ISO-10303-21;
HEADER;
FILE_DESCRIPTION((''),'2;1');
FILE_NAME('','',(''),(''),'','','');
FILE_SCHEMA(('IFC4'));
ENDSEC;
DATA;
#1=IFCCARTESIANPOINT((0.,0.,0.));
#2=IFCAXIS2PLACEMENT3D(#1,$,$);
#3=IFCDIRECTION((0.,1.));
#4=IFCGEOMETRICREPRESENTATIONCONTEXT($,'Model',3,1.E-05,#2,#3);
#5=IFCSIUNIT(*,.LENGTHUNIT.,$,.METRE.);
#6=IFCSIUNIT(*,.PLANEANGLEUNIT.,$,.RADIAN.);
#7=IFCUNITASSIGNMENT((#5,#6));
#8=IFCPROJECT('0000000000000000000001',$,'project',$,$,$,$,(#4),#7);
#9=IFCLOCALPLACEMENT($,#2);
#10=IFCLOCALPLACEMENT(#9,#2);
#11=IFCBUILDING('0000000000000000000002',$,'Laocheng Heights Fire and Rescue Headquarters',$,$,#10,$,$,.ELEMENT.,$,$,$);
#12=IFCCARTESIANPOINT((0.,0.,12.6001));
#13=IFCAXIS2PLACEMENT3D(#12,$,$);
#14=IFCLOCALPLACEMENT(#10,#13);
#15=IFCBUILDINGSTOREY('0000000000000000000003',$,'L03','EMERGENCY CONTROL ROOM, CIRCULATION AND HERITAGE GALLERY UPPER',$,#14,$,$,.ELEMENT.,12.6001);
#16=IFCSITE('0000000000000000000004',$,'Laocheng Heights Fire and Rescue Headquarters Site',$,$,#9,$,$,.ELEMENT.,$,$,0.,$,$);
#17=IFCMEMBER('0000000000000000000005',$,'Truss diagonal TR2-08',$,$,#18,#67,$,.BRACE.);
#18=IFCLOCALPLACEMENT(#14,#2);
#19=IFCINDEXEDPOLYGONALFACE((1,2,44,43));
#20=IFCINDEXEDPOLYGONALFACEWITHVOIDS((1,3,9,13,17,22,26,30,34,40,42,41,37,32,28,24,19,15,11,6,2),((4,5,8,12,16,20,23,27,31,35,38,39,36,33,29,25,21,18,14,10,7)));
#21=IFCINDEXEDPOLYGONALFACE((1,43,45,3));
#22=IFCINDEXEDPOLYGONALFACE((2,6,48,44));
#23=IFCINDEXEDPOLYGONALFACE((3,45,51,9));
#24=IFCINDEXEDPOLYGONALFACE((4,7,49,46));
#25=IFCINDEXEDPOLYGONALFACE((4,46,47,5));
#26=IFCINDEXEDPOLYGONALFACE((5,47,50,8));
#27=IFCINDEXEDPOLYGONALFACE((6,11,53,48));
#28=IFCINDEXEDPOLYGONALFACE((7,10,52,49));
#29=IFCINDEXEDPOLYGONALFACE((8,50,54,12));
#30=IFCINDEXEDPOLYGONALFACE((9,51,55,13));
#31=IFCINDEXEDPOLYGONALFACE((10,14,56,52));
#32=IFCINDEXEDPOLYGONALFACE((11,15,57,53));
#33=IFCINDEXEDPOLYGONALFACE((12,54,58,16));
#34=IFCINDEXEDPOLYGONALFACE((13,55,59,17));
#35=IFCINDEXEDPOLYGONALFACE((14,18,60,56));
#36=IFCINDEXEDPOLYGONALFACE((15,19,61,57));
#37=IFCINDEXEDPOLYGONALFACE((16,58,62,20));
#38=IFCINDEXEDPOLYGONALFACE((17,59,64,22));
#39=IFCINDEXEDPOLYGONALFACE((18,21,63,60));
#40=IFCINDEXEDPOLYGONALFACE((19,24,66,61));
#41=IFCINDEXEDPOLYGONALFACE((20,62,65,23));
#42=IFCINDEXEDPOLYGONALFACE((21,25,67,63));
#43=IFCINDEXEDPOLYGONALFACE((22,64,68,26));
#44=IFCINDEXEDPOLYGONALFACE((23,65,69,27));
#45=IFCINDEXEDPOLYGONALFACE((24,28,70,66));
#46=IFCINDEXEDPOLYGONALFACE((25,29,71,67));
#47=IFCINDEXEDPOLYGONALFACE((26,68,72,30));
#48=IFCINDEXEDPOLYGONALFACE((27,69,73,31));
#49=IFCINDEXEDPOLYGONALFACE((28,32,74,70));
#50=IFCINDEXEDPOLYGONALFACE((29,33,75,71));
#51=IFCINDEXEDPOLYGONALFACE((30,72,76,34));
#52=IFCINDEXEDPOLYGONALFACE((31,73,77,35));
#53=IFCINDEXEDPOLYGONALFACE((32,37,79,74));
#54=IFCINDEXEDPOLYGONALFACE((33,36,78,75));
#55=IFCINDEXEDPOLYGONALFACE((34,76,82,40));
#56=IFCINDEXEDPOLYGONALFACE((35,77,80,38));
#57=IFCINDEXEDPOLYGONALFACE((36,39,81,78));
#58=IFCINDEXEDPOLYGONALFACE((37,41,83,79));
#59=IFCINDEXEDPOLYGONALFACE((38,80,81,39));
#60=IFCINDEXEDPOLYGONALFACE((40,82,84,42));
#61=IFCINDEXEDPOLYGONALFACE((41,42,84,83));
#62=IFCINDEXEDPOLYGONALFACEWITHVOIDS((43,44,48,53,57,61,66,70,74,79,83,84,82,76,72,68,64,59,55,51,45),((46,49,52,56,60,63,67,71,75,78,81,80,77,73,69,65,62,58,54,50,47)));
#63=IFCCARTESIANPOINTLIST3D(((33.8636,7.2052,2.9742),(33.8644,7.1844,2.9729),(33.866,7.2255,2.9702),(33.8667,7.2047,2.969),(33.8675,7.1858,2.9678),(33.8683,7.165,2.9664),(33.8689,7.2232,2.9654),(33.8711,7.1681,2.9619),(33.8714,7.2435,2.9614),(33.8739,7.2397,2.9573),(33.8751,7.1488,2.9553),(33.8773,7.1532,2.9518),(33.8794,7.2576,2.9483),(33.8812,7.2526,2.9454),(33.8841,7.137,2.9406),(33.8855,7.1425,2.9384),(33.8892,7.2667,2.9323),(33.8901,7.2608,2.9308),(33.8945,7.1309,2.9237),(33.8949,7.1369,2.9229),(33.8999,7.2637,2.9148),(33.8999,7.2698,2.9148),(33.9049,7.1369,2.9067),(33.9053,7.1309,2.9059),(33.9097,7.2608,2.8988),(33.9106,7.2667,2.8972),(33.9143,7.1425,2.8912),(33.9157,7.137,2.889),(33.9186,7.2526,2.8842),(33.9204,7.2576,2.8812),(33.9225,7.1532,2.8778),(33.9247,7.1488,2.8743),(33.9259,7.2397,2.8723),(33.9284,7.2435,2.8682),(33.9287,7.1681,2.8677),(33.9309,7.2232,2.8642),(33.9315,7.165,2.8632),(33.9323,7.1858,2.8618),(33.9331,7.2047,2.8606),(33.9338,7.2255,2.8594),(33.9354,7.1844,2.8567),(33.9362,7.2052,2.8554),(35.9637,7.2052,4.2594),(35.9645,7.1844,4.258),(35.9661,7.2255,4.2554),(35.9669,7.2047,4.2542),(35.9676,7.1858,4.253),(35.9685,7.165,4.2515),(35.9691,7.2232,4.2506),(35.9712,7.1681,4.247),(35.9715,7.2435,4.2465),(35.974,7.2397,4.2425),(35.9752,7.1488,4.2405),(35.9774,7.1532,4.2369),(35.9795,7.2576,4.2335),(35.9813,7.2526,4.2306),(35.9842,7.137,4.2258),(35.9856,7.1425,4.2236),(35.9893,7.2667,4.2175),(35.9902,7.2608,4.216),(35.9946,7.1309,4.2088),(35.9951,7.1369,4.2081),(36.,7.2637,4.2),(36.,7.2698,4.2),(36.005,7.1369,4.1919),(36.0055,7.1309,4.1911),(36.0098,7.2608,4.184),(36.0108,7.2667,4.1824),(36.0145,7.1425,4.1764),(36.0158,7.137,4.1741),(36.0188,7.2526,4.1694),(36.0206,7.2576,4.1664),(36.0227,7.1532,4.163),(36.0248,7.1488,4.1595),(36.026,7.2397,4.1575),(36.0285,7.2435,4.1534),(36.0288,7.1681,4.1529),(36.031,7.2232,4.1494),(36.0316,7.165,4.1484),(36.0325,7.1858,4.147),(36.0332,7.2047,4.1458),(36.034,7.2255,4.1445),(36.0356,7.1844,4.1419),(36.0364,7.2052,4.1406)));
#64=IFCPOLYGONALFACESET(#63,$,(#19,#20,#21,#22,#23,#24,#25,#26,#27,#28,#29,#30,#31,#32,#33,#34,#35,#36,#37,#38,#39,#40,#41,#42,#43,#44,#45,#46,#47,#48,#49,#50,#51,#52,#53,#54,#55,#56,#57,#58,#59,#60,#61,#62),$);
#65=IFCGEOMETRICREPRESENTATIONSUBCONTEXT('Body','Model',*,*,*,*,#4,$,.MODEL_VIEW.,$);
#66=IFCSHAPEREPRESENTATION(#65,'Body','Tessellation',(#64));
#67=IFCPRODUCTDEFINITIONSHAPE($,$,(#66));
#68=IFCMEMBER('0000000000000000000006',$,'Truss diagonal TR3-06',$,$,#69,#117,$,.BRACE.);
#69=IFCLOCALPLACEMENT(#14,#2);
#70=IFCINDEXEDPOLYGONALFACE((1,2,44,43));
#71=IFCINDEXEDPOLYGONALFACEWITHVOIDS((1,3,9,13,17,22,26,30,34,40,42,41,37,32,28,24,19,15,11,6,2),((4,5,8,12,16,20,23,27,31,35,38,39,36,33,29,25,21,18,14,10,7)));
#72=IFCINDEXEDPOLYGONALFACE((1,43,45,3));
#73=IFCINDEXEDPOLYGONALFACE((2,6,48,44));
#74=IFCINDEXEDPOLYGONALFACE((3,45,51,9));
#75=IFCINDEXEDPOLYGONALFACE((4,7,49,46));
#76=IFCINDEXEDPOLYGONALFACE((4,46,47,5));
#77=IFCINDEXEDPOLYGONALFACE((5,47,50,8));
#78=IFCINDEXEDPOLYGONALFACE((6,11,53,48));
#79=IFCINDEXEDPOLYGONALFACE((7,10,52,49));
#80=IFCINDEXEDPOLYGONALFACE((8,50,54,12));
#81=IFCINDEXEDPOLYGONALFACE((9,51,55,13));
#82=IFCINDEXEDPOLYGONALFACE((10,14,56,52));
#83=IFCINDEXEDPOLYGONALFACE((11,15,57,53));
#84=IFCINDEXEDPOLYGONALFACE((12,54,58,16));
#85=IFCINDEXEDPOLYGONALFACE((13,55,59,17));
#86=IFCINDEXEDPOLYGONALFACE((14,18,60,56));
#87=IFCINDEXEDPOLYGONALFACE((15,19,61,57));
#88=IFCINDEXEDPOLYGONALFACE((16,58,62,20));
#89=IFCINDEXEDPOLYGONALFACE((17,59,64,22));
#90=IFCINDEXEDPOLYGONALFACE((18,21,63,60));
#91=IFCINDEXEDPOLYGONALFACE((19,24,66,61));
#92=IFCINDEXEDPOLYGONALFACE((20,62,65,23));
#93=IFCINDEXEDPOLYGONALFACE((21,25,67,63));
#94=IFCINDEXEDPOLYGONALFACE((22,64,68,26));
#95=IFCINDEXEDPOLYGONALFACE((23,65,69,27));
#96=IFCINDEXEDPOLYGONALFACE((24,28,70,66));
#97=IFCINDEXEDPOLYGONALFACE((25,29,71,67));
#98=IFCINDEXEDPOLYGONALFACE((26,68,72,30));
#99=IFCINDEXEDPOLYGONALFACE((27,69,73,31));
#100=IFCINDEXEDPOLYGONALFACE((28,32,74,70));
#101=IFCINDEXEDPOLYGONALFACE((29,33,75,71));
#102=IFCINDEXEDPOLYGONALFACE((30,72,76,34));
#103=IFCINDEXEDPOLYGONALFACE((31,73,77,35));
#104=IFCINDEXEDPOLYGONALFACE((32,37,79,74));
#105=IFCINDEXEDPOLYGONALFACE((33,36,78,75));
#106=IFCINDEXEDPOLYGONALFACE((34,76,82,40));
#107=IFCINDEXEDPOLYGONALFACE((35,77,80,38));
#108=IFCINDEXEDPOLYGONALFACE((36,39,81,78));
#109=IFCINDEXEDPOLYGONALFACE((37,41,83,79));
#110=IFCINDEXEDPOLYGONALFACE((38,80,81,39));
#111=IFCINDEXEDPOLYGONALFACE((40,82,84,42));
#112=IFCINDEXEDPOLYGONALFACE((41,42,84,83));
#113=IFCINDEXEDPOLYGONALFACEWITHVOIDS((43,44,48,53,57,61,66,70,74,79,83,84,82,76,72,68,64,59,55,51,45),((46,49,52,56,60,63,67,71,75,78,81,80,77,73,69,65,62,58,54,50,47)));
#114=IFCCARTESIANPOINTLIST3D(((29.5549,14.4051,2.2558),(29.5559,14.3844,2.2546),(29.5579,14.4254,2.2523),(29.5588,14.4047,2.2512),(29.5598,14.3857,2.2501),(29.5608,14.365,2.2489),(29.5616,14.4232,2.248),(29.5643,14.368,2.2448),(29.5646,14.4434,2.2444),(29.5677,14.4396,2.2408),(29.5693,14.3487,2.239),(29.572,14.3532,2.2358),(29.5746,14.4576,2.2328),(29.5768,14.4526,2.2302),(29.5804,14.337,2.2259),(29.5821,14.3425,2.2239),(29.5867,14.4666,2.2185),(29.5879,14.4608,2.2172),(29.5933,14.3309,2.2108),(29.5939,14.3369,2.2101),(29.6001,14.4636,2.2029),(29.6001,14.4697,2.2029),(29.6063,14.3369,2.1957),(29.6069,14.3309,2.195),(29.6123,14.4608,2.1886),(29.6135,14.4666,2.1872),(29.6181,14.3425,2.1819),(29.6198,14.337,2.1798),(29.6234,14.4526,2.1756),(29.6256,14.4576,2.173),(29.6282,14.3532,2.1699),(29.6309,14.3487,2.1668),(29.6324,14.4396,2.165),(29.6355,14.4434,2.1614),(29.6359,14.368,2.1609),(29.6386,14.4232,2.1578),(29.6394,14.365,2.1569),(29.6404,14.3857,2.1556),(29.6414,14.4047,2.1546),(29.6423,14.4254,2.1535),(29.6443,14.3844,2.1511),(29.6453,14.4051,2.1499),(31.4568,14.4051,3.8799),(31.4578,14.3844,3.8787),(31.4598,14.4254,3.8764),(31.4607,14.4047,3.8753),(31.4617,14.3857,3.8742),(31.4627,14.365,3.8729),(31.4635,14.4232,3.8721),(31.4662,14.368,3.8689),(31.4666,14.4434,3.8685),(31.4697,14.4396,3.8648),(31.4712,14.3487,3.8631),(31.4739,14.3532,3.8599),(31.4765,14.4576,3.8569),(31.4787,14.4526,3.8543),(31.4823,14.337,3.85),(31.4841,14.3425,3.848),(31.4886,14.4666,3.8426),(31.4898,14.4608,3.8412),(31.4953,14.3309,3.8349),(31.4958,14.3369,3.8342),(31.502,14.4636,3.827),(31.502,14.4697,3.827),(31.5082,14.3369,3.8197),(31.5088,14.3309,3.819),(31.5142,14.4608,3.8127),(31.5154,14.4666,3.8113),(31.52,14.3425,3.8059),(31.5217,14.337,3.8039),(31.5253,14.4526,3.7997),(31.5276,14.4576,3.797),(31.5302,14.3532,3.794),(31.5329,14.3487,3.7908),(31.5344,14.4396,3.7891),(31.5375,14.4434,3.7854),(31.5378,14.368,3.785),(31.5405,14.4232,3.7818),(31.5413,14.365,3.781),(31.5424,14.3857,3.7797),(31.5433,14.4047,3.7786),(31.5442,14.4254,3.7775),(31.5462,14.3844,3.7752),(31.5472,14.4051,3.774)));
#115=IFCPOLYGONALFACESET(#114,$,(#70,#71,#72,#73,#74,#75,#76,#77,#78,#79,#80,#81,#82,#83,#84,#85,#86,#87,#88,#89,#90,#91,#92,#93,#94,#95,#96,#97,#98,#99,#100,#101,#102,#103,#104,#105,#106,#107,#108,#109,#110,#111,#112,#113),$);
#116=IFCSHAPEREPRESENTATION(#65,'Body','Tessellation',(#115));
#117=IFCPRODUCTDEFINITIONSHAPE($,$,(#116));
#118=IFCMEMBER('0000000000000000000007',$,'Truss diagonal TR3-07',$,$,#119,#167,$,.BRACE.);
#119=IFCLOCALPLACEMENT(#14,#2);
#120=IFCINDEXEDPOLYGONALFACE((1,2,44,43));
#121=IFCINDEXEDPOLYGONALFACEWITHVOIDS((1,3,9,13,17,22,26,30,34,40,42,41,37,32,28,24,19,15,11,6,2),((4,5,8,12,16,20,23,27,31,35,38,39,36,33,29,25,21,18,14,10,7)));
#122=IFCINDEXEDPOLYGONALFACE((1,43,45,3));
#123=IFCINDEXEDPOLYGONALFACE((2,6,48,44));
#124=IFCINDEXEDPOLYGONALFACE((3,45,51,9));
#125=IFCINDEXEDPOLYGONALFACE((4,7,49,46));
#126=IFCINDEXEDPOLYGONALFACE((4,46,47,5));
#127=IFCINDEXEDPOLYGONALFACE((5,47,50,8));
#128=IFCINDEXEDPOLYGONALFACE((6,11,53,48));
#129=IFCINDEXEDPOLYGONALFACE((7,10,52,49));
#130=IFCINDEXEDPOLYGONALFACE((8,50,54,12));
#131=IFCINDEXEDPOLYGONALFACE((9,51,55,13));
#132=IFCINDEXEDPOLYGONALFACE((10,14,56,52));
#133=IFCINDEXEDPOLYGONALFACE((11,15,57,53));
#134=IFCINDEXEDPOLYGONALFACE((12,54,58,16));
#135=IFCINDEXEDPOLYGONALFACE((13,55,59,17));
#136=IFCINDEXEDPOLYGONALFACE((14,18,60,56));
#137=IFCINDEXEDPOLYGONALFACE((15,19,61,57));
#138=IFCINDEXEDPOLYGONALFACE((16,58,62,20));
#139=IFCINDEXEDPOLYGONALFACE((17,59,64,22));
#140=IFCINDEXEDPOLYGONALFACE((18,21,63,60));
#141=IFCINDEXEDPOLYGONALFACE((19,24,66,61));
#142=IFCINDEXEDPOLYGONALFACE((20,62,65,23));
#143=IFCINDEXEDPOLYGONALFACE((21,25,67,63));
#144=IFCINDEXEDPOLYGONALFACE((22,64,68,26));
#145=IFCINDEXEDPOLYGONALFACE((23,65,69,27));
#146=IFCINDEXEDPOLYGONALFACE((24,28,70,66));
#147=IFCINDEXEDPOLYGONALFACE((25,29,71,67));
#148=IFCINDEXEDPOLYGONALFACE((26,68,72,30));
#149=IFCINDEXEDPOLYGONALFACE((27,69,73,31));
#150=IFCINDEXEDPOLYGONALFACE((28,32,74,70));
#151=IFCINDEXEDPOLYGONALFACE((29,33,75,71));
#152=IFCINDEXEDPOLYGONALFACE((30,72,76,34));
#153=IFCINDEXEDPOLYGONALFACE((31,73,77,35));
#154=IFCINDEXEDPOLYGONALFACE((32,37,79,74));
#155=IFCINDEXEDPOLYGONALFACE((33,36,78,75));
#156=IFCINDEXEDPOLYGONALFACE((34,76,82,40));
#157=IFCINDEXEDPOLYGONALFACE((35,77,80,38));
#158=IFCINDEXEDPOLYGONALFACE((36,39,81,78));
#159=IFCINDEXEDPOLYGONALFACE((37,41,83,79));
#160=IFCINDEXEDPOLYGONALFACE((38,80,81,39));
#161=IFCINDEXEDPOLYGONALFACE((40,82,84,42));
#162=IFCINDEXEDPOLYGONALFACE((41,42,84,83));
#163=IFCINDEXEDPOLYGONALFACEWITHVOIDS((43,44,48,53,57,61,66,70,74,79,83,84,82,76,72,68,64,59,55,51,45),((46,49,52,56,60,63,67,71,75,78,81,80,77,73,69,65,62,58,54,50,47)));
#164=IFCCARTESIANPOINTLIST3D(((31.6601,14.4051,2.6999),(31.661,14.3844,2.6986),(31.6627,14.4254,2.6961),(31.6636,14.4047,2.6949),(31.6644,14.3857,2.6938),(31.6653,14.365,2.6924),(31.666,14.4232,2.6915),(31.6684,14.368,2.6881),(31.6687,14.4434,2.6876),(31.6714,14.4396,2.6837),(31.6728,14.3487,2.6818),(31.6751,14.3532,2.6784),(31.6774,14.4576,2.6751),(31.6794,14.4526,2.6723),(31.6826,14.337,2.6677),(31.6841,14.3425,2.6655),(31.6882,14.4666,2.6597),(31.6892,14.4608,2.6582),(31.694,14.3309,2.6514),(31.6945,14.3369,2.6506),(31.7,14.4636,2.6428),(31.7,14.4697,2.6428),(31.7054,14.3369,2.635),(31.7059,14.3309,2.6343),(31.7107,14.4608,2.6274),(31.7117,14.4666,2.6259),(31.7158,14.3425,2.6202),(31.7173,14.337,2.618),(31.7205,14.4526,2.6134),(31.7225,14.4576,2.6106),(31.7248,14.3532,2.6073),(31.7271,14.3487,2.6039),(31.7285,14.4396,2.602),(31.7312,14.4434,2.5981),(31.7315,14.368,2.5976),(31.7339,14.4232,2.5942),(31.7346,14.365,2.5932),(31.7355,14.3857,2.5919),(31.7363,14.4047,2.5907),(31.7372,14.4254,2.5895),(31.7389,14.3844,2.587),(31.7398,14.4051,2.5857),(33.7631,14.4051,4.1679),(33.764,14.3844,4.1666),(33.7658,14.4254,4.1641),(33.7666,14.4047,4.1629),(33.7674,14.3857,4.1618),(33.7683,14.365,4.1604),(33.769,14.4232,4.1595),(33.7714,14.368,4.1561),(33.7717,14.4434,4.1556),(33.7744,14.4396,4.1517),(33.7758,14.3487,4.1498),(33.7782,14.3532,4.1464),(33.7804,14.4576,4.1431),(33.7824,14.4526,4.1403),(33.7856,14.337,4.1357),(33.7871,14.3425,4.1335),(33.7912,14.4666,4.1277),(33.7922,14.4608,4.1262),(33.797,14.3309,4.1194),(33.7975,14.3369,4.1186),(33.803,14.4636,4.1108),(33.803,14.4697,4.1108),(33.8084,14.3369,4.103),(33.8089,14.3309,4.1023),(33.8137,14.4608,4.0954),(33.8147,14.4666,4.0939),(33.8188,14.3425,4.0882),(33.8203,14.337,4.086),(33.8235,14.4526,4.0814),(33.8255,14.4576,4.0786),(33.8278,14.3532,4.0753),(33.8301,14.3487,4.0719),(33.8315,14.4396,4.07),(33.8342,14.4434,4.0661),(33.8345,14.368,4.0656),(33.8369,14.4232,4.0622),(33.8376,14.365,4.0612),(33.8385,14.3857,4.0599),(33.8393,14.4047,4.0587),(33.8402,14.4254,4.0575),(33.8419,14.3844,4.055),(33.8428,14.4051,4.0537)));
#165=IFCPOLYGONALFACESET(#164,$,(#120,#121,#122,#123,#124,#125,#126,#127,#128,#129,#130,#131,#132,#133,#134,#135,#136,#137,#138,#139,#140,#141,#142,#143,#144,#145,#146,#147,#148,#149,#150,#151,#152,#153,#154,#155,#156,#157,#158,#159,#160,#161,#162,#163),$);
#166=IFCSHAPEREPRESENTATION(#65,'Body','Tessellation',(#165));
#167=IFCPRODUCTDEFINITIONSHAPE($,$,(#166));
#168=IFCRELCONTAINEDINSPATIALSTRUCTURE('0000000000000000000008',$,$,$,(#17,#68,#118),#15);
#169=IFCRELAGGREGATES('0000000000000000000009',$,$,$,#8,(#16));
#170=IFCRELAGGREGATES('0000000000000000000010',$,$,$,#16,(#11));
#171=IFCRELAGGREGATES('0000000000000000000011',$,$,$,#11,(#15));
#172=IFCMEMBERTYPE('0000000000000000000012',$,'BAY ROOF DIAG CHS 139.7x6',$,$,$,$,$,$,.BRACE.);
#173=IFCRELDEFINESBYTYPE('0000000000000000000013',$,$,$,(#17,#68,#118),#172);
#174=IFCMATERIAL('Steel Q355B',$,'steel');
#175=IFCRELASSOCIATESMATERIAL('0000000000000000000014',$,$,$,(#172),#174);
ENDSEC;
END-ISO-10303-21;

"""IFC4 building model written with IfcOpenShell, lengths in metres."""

from ifc_helpers import new_model, si_unit, direction, frame, origin, origin_2d, place, context, subcontext, project, spatial, hollow_circle, extrude, material, material_profile, profile_set, type_object, element, save


model = new_model("IFC4")

# Units and contexts
model_context = context("Model", 3, precision=1e-05, world=origin(), true_north=direction((0.0, 1.0)))
body_context = subcontext(model_context, "Body", "Model", "MODEL_VIEW")
ifc_project = project(units=[si_unit("LENGTHUNIT", "METRE"), si_unit("PLANEANGLEUNIT", "RADIAN")], contexts=[model_context])

# Site, building, storey
site_placement = place(None, origin())
site = spatial("IfcSite", under=ifc_project, at=site_placement, Name="Laocheng Heights Fire and Rescue Headquarters Site", CompositionType="ELEMENT", RefElevation=0.0)
building_placement = place(site_placement, origin())
building = spatial("IfcBuilding", under=site, at=building_placement, Name="Laocheng Heights Fire and Rescue Headquarters", CompositionType="ELEMENT")
storey_placement = place(building_placement, frame((0.0, 0.0, 12.6001)))
storey = spatial("IfcBuildingStorey", under=building, at=storey_placement, Name="L03", Description="EMERGENCY CONTROL ROOM, CIRCULATION AND HERITAGE GALLERY UPPER", CompositionType="ELEMENT", Elevation=12.6001)

# Members
ifc_material_1 = material(Name="Steel Q355B", Category="steel")
ifc_material_profile_1 = material_profile(ifc_material_1, hollow_circle(Radius=0.0698, WallThickness=0.0061, at=origin_2d()), Name="CHS 139.7x6")
ifc_profile_set_1 = profile_set([ifc_material_profile_1], Name="Steel Q355B")
member_type_1 = type_object("IfcMemberType", Name="BAY ROOF DIAG CHS 139.7x6", PredefinedType="BRACE", material=ifc_profile_set_1)
member_1_placement = place(storey_placement, frame((33.8999, 7.2, 2.9148), z_axis=(0.852963, 0.0, 0.521971), x_axis=(0.0, 1.0, 0.0)))
element("IfcMember", 1, at=member_1_placement, inside=storey, type_object=member_type_1, Name="Truss diagonal TR2-08", PredefinedType="BRACE", context=body_context, shape_type="SweptSolid", body=[
    extrude(hollow_circle(Radius=0.0698, WallThickness=0.0061, at=origin_2d()), origin(), (0.0, 0.0, 1.0), 2.4622),
])
member_2_placement = place(storey_placement, frame((29.6001, 14.3999, 2.2029), z_axis=(0.760468, 0.0, 0.649375), x_axis=(0.0, 1.0, 0.0)))
element("IfcMember", 2, at=member_2_placement, inside=storey, type_object=member_type_1, Name="Truss diagonal TR3-06", PredefinedType="BRACE", context=body_context, shape_type="SweptSolid", body=[
    extrude(hollow_circle(Radius=0.0698, WallThickness=0.0061, at=origin_2d()), origin(), (0.0, 0.0, 1.0), 2.501),
])
member_3_placement = place(storey_placement, frame((31.7, 14.3999, 2.6428), z_axis=(0.819983, 0.0, 0.572389), x_axis=(0.0, 1.0, 0.0)))
element("IfcMember", 3, at=member_3_placement, inside=storey, type_object=member_type_1, Name="Truss diagonal TR3-07", PredefinedType="BRACE", context=body_context, shape_type="SweptSolid", body=[
    extrude(hollow_circle(Radius=0.0698, WallThickness=0.0061, at=origin_2d()), origin(), (0.0, 0.0, 1.0), 2.5647),
])

save(model, "model.ifc")
